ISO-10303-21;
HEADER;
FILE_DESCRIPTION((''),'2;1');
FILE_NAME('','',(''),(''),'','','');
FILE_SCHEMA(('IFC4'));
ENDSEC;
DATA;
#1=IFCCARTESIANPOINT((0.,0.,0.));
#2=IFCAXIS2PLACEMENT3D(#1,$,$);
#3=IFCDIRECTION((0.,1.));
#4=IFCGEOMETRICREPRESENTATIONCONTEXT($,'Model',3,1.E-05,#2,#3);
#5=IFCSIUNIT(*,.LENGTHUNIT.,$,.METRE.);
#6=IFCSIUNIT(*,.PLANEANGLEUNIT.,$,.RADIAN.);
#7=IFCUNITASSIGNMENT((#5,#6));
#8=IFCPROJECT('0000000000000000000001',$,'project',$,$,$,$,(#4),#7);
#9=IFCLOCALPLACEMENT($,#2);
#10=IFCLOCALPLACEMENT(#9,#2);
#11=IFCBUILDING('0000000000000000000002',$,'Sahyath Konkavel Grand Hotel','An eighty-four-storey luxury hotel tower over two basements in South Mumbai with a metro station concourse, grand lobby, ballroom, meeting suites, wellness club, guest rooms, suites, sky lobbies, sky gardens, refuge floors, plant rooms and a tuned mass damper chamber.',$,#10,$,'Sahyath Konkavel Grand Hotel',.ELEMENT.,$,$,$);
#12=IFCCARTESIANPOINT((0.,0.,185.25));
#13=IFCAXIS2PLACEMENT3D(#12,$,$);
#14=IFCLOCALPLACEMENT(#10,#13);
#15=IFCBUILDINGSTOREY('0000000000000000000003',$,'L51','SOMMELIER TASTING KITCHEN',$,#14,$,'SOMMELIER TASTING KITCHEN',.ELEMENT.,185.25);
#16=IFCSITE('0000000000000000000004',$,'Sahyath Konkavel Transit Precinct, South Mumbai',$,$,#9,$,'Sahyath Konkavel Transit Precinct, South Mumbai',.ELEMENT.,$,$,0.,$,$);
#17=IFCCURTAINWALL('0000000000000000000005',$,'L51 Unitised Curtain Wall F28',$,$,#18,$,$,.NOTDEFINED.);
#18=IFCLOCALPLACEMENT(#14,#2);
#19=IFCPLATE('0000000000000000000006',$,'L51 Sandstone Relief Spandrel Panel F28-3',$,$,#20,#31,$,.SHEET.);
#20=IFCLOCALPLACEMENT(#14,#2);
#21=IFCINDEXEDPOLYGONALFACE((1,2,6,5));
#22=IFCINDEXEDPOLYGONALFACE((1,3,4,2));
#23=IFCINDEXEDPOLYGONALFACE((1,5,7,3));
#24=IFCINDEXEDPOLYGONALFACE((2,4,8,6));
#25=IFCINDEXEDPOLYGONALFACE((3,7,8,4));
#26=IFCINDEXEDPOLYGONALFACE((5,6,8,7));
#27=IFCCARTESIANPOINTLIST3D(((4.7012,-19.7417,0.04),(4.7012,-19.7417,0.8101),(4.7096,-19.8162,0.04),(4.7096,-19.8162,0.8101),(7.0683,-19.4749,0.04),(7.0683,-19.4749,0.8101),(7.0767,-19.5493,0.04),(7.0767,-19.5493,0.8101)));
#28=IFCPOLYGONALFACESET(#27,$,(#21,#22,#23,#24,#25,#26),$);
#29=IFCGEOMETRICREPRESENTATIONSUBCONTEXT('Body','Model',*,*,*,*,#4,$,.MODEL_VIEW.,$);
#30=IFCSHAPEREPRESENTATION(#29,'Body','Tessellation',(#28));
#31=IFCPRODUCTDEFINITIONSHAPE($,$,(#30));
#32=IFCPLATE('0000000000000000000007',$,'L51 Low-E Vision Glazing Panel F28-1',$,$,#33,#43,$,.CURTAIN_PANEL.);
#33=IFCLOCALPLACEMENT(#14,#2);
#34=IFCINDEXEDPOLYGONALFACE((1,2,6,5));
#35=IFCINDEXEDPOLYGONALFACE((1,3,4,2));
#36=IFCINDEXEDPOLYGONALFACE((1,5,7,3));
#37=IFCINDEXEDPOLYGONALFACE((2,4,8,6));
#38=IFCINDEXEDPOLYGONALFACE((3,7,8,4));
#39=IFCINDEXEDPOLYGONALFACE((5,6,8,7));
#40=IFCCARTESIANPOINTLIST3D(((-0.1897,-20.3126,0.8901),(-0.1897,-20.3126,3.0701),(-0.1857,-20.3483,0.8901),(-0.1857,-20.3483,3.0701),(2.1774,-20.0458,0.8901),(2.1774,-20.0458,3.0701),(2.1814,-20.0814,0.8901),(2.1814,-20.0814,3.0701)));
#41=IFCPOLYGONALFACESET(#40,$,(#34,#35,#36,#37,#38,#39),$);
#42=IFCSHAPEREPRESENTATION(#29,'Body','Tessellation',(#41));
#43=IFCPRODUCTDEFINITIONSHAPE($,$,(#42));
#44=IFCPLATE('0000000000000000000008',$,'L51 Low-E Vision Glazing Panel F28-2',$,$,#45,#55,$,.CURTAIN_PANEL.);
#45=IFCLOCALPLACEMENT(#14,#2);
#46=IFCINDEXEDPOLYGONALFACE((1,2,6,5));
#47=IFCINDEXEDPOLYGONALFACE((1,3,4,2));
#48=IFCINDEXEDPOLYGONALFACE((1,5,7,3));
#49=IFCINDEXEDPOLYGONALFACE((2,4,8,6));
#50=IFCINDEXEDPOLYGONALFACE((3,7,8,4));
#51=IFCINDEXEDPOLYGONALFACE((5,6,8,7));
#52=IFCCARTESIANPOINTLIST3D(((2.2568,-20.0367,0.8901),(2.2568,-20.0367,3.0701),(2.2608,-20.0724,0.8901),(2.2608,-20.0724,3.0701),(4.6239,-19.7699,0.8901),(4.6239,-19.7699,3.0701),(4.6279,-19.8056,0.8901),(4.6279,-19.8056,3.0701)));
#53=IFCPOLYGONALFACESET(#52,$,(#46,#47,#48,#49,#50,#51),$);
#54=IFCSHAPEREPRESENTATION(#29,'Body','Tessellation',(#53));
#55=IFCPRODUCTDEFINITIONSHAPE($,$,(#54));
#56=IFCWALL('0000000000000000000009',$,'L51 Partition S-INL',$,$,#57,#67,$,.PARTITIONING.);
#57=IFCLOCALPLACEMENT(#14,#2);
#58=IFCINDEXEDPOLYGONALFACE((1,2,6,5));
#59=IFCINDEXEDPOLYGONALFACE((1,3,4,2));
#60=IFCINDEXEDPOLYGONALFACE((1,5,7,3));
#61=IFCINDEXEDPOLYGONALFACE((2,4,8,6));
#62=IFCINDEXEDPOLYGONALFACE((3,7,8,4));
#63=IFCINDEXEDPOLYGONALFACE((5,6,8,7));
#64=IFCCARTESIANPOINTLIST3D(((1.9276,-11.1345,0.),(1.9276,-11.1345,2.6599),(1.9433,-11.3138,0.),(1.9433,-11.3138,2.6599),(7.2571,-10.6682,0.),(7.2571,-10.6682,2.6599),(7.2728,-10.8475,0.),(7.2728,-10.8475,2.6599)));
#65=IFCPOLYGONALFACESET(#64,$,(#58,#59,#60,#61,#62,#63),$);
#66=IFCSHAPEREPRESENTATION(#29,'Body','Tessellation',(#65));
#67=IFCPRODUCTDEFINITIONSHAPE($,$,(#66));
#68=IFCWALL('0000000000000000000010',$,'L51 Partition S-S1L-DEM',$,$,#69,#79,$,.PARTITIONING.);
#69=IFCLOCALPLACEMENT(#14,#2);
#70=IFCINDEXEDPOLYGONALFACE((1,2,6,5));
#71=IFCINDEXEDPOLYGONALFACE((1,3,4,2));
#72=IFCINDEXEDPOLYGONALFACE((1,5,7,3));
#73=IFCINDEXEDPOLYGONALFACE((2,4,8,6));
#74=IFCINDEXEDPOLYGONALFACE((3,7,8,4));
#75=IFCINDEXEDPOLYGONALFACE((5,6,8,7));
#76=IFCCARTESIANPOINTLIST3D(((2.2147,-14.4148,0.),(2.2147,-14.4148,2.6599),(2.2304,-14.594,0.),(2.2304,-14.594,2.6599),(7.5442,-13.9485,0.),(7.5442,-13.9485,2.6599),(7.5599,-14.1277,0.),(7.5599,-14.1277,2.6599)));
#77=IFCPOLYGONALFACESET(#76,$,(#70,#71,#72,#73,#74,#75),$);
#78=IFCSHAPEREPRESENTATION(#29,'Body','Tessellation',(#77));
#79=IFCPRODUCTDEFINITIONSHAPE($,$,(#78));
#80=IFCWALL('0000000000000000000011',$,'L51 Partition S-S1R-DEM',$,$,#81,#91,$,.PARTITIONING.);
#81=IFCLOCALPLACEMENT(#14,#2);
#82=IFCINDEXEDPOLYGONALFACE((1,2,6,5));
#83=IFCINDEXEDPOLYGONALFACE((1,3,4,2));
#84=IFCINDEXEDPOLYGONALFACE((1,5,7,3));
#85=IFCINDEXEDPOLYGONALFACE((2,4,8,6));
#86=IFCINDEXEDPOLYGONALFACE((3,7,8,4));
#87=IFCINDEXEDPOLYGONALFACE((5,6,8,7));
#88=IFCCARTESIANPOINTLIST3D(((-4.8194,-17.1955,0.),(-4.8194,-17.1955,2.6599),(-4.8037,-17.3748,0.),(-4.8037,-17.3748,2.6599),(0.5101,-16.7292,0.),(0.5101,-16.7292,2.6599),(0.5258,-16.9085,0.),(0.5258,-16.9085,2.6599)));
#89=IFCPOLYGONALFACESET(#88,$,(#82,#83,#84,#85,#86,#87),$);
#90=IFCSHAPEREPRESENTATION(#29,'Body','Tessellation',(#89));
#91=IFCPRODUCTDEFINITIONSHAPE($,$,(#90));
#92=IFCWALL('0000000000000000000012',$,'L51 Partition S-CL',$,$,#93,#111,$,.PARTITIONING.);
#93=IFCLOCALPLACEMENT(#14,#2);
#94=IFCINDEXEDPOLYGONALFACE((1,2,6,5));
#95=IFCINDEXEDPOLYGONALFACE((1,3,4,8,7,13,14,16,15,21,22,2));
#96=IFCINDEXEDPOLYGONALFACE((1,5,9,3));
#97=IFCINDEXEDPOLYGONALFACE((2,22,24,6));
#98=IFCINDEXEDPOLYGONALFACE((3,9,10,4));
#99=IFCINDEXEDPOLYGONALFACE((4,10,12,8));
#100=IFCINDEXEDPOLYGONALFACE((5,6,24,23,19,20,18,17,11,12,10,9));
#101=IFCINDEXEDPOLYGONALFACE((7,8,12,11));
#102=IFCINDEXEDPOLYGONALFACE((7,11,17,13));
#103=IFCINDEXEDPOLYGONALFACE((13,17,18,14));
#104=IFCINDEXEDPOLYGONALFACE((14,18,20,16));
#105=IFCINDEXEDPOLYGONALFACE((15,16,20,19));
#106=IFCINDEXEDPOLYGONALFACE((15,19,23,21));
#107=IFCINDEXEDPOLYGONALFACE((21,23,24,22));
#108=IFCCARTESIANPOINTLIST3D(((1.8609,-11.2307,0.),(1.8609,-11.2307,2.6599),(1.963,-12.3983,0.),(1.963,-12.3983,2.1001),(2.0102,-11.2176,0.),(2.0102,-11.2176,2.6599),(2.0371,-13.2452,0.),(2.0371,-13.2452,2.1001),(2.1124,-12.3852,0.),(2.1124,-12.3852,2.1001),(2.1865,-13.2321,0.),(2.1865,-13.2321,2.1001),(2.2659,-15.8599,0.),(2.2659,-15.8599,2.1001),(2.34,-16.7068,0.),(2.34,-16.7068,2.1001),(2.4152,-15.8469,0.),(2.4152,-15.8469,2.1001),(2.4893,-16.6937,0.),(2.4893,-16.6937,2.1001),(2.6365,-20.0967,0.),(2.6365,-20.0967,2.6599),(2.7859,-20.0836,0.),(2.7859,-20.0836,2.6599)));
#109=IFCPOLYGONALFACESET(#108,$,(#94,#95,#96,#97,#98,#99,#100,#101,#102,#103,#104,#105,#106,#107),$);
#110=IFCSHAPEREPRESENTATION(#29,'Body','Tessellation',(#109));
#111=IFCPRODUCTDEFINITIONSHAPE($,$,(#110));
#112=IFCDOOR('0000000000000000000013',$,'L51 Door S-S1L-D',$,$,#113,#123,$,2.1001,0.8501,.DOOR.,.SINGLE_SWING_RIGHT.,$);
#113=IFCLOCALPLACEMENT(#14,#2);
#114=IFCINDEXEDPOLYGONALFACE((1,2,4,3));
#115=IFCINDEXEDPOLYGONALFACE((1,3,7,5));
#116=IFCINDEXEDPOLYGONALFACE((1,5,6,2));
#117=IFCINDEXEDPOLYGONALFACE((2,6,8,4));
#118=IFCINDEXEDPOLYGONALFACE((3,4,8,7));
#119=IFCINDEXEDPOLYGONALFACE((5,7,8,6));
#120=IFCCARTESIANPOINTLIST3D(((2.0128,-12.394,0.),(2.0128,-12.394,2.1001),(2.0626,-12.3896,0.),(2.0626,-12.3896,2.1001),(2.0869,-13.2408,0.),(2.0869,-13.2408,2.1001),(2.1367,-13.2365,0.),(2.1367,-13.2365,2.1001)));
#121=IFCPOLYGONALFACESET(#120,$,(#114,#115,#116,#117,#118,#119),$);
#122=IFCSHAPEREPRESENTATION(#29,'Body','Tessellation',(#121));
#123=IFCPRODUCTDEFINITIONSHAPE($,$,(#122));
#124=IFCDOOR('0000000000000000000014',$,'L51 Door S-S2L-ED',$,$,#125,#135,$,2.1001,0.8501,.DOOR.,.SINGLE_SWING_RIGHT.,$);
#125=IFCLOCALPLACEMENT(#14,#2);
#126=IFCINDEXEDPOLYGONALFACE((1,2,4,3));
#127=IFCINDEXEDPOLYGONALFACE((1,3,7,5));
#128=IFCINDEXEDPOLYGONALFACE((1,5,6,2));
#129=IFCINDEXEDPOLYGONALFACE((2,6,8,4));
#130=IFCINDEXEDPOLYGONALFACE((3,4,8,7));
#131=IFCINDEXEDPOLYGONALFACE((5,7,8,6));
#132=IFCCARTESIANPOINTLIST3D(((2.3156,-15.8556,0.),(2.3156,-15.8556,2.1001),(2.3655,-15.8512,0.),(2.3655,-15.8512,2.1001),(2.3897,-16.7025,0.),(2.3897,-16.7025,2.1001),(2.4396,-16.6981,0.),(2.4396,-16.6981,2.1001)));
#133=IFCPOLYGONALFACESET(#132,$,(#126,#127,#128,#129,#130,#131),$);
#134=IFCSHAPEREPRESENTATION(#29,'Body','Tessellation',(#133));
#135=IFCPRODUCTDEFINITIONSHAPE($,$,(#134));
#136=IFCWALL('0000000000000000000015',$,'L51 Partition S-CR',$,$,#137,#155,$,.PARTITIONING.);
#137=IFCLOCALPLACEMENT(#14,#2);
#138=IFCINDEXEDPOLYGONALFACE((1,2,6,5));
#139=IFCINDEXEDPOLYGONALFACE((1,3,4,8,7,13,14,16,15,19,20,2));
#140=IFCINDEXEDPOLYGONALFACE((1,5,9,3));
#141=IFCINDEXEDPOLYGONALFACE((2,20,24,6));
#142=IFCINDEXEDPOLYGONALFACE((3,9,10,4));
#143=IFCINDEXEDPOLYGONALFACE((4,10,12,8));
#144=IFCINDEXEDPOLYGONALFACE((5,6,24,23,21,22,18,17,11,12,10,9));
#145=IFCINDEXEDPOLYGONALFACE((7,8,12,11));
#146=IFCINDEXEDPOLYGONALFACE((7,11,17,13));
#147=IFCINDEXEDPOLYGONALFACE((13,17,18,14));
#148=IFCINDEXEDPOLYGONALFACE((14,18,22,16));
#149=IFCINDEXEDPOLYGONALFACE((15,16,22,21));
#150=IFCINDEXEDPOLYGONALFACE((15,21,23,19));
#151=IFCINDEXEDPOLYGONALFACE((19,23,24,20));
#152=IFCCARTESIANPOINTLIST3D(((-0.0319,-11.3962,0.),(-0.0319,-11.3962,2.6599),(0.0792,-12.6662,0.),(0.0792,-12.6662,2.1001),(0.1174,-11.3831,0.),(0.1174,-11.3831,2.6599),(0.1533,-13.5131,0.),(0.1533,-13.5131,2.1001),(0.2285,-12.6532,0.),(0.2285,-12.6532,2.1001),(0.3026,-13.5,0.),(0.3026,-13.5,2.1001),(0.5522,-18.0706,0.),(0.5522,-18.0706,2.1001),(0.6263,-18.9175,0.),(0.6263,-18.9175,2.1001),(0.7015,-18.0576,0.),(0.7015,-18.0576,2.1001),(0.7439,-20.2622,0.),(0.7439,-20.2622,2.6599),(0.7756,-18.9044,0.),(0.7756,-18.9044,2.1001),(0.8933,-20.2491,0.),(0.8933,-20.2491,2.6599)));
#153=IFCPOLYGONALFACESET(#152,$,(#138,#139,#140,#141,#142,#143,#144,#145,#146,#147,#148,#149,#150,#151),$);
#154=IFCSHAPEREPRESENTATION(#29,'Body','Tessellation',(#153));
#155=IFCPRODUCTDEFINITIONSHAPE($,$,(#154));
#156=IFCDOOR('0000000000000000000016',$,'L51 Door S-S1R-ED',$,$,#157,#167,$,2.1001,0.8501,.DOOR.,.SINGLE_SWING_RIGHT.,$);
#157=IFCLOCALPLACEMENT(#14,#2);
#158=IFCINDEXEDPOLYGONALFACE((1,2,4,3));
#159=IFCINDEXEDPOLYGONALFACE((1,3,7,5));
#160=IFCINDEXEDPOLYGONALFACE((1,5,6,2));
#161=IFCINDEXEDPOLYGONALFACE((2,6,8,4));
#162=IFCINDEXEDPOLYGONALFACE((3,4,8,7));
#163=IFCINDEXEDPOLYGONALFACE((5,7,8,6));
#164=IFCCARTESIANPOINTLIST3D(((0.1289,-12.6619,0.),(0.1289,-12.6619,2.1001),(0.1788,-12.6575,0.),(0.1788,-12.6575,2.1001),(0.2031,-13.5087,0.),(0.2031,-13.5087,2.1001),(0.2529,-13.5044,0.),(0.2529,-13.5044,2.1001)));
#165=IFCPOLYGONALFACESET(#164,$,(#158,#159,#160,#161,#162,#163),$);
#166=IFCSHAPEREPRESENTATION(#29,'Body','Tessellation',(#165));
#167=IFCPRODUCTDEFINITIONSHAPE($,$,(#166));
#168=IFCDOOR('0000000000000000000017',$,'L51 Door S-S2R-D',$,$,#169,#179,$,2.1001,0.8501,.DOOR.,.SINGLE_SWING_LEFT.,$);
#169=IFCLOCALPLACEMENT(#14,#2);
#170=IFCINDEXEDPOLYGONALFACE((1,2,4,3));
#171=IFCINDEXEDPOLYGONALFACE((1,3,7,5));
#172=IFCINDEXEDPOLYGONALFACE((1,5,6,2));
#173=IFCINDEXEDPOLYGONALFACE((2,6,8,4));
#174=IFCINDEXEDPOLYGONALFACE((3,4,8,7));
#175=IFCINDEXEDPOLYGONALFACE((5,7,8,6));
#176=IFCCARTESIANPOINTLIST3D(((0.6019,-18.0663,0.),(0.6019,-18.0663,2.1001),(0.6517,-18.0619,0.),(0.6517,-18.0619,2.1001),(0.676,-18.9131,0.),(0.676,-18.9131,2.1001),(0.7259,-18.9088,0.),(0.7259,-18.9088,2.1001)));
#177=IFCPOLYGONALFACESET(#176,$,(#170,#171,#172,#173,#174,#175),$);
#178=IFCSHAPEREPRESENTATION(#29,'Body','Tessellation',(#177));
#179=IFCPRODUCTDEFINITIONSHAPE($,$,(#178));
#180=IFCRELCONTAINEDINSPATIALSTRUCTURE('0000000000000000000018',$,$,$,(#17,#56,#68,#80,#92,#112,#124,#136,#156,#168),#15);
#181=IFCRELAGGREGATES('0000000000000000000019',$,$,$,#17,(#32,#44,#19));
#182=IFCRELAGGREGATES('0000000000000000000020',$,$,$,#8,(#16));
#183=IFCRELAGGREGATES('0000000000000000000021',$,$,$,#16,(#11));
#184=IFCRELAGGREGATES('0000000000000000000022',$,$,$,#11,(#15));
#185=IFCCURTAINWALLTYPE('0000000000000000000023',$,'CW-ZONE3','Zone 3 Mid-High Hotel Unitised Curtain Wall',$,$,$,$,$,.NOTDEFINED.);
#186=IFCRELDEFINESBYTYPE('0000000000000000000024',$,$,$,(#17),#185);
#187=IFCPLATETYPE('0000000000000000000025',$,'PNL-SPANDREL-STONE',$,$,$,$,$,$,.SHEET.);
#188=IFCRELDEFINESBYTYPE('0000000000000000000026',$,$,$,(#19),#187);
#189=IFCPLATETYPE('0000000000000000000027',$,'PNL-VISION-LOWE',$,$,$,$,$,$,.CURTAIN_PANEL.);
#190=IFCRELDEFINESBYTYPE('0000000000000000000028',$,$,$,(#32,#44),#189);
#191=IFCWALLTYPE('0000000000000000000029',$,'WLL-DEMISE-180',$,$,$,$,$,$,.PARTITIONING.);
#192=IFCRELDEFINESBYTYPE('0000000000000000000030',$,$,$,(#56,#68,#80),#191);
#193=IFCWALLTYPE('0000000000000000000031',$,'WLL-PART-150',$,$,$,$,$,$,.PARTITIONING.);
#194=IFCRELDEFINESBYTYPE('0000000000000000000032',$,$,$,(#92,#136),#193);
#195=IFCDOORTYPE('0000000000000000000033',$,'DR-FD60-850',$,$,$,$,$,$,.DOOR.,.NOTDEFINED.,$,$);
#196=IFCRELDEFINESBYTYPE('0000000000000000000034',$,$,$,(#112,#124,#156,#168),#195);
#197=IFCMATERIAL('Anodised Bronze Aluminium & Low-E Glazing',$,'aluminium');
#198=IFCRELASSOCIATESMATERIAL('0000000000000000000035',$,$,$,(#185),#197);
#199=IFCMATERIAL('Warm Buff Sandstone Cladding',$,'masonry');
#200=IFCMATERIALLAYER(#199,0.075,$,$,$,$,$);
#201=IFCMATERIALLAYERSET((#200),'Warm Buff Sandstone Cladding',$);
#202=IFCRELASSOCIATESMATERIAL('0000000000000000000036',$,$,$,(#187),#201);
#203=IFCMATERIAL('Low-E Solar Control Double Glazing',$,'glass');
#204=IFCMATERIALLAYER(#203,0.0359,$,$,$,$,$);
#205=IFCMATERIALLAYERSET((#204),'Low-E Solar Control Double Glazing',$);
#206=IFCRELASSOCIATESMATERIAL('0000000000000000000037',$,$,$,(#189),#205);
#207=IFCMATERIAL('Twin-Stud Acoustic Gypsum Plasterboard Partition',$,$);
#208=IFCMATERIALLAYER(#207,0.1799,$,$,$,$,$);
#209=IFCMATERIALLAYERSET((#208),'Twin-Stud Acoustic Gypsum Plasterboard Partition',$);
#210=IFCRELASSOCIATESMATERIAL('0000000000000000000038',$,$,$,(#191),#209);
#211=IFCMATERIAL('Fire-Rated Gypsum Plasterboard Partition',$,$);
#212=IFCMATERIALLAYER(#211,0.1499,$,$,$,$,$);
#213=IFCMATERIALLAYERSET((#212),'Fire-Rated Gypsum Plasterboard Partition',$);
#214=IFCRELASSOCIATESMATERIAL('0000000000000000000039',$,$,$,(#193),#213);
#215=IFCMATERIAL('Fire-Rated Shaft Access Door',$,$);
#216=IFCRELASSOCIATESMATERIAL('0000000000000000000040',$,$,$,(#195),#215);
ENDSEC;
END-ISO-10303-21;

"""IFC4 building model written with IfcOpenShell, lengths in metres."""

from ifc_helpers import new_model, si_unit, direction, frame, frame_2d, origin, origin_2d, place, context, subcontext, project, spatial, rectangle, extrude, source, transform, mapped, material, layer, layer_set, type_object, element, fill, aggregate, save


model = new_model("IFC4")

# Units and contexts
model_context = context("Model", 3, precision=1e-05, world=origin(), true_north=direction((0.0, 1.0)))
body_context = subcontext(model_context, "Body", "Model", "MODEL_VIEW")
ifc_project = project(units=[si_unit("LENGTHUNIT", "METRE"), si_unit("PLANEANGLEUNIT", "RADIAN")], contexts=[model_context])

# Site, building, storey
site_placement = place(None, origin())
site = spatial("IfcSite", under=ifc_project, at=site_placement, Name="Sahyath Konkavel Transit Precinct, South Mumbai", LongName="Sahyath Konkavel Transit Precinct, South Mumbai", CompositionType="ELEMENT", RefElevation=0.0)
building_placement = place(site_placement, origin())
building = spatial("IfcBuilding", under=site, at=building_placement, Name="Sahyath Konkavel Grand Hotel", Description="An eighty-four-storey luxury hotel tower over two basements in South Mumbai with a metro station concourse, grand lobby, ballroom, meeting suites, wellness club, guest rooms, suites, sky lobbies, sky gardens, refuge floors, plant rooms and a tuned mass damper chamber.", LongName="Sahyath Konkavel Grand Hotel", CompositionType="ELEMENT")
storey_placement = place(building_placement, frame((0.0, 0.0, 185.25)))
storey = spatial("IfcBuildingStorey", under=building, at=storey_placement, Name="L51", Description="SOMMELIER TASTING KITCHEN", LongName="SOMMELIER TASTING KITCHEN", CompositionType="ELEMENT", Elevation=185.25)

# Curtain wall
ifc_material_1 = material(Name="Anodised Bronze Aluminium & Low-E Glazing", Category="aluminium")
curtain_wall_type = type_object("IfcCurtainWallType", Name="CW-ZONE3", Description="Zone 3 Mid-High Hotel Unitised Curtain Wall", PredefinedType="NOTDEFINED", material=ifc_material_1)
curtain_wall_placement = place(storey_placement, origin())
curtain_wall = element("IfcCurtainWall", 1, at=curtain_wall_placement, inside=storey, type_object=curtain_wall_type, Name="L51 Unitised Curtain Wall F28", PredefinedType="NOTDEFINED")

# Plates
ifc_material_2 = material(Name="Warm Buff Sandstone Cladding", Category="masonry")
ifc_layer_1 = layer(ifc_material_2, 0.075)
ifc_layer_set_1 = layer_set([ifc_layer_1], Name="Warm Buff Sandstone Cladding")
plate_type_1 = type_object("IfcPlateType", Name="PNL-SPANDREL-STONE", PredefinedType="SHEET", material=ifc_layer_set_1)
shared_shape_1 = source(origin(), body_context, "Body", "SweptSolid", [
    extrude(rectangle(XDim=2.3821, YDim=0.075, at=origin_2d()), origin(), (0.0, 0.0, 1.0), 0.77),
])
plate_1_placement = place(storey_placement, frame((5.8889, -19.6455, 0.04), z_axis=(0.0, 0.0, 1.0), x_axis=(0.993707, 0.112007, 0.0)))
plate_1 = element("IfcPlate", 2, at=plate_1_placement, type_object=plate_type_1, Name="L51 Sandstone Relief Spandrel Panel F28-3", PredefinedType="SHEET", context=body_context, shape_type="MappedRepresentation", body=[
    mapped(shared_shape_1, transform((0.0, 0.0, 0.0), scale=1.0)),
])
ifc_material_3 = material(Name="Low-E Solar Control Double Glazing", Category="glass")
ifc_layer_2 = layer(ifc_material_3, 0.0359)
ifc_layer_set_2 = layer_set([ifc_layer_2], Name="Low-E Solar Control Double Glazing")
plate_type_2 = type_object("IfcPlateType", Name="PNL-VISION-LOWE", PredefinedType="CURTAIN_PANEL", material=ifc_layer_set_2)
shared_shape_2 = source(origin(), body_context, "Body", "SweptSolid", [
    extrude(rectangle(XDim=2.3821, YDim=0.0359, at=origin_2d()), origin(), (0.0, 0.0, 1.0), 2.1799),
])
plate_2_placement = place(storey_placement, frame((0.9958, -20.197, 0.8901), z_axis=(0.0, 0.0, 1.0), x_axis=(0.993707, 0.112007, 0.0)))
plate_2 = element("IfcPlate", 3, at=plate_2_placement, type_object=plate_type_2, Name="L51 Low-E Vision Glazing Panel F28-1", PredefinedType="CURTAIN_PANEL", context=body_context, shape_type="MappedRepresentation", body=[
    mapped(shared_shape_2, transform((0.0, 0.0, 0.0), scale=1.0)),
])
plate_3_placement = place(storey_placement, frame((3.4424, -19.9211, 0.8901), z_axis=(0.0, 0.0, 1.0), x_axis=(0.993707, 0.112007, 0.0)))
plate_3 = element("IfcPlate", 4, at=plate_3_placement, type_object=plate_type_2, Name="L51 Low-E Vision Glazing Panel F28-2", PredefinedType="CURTAIN_PANEL", context=body_context, shape_type="MappedRepresentation", body=[
    mapped(shared_shape_2, transform((0.0, 0.0, 0.0), scale=1.0)),
])
aggregate(curtain_wall, [plate_2, plate_3, plate_1])

# Walls
ifc_material_4 = material(Name="Twin-Stud Acoustic Gypsum Plasterboard Partition")
ifc_layer_3 = layer(ifc_material_4, 0.1799)
ifc_layer_set_3 = layer_set([ifc_layer_3], Name="Twin-Stud Acoustic Gypsum Plasterboard Partition")
wall_type_1 = type_object("IfcWallType", Name="WLL-DEMISE-180", PredefinedType="PARTITIONING", material=ifc_layer_set_3)
for number, where, z_axis, x_axis, name in (
    (5, (1.9355, -11.2241, 0.0), (0.0, 0.0, 1.0), (0.996194, 0.087161, 0.0), "L51 Partition S-INL"),
    (6, (2.2227, -14.5044, 0.0), (0.0, 0.0, 1.0), (0.996194, 0.087161, 0.0), "L51 Partition S-S1L-DEM"),
    (7, (0.5178, -16.8188, 0.0), (0.0, 0.0, 1.0), (-0.996194, -0.087161, 0.0), "L51 Partition S-S1R-DEM"),
):
    element("IfcWall", number, at=place(storey_placement, frame(where, z_axis=z_axis, x_axis=x_axis)), inside=storey, type_object=wall_type_1, Name=name, PredefinedType="PARTITIONING", context=body_context, shape_type="SweptSolid", body=[
        extrude(rectangle(XDim=5.3499, YDim=0.1799, at=frame_2d((2.6748, 0.0))), origin(), (0.0, 0.0, 1.0), 2.6599),
    ])

# Walls, openings, doors
ifc_material_5 = material(Name="Fire-Rated Gypsum Plasterboard Partition")
ifc_layer_4 = layer(ifc_material_5, 0.1499)
ifc_layer_set_4 = layer_set([ifc_layer_4], Name="Fire-Rated Gypsum Plasterboard Partition")
wall_type_2 = type_object("IfcWallType", Name="WLL-PART-150", PredefinedType="PARTITIONING", material=ifc_layer_set_4)
wall_1_placement = place(storey_placement, frame((1.9355, -11.2241, 0.0), z_axis=(0.0, 0.0, 1.0), x_axis=(0.087152, -0.996195, 0.0)))
wall_1 = element("IfcWall", 8, at=wall_1_placement, inside=storey, type_object=wall_type_2, Name="L51 Partition S-CL", PredefinedType="PARTITIONING", context=body_context, shape_type="SweptSolid", body=[
    extrude(rectangle(XDim=8.8999, YDim=0.1499, at=frame_2d((4.45, 0.0))), origin(), (0.0, 0.0, 1.0), 2.6599),
])
opening_1_placement = place(wall_1_placement, frame((1.1721, 0.0, 0.0)))
opening_1 = element("IfcOpeningElement", 9, at=opening_1_placement, cuts=wall_1, PredefinedType="OPENING", context=body_context, shape_type="SweptSolid", body=[
    extrude(rectangle(XDim=0.8501, YDim=2.1001, at=frame_2d((0.425, 1.05))), frame((0.0, 0.085, 0.0), z_axis=(0.0, -1.0, 0.0), x_axis=(1.0, 0.0, 0.0)), (0.0, 0.0, 1.0), 0.1699),
])
opening_2_placement = place(wall_1_placement, frame((4.647, 0.0, 0.0)))
opening_2 = element("IfcOpeningElement", 10, at=opening_2_placement, cuts=wall_1, PredefinedType="OPENING", context=body_context, shape_type="SweptSolid", body=[
    extrude(rectangle(XDim=0.8501, YDim=2.1001, at=frame_2d((0.425, 1.05))), frame((0.0, 0.085, 0.0), z_axis=(0.0, -1.0, 0.0), x_axis=(1.0, 0.0, 0.0)), (0.0, 0.0, 1.0), 0.1699),
])
ifc_material_6 = material(Name="Fire-Rated Shaft Access Door")
door_type_1 = type_object("IfcDoorType", Name="DR-FD60-850", OperationType="NOTDEFINED", PredefinedType="DOOR", material=ifc_material_6)
shared_shape_3 = source(origin(), body_context, "Body", "SweptSolid", [
    extrude(rectangle(XDim=0.8501, YDim=0.05, at=origin_2d()), origin(), (0.0, 0.0, 1.0), 2.1001),
])
door_1_placement = place(opening_1_placement, frame((0.425, 0.0, 0.0)))
door_1 = element("IfcDoor", 11, at=door_1_placement, inside=storey, type_object=door_type_1, Name="L51 Door S-S1L-D", OperationType="SINGLE_SWING_RIGHT", OverallHeight=2.1001, OverallWidth=0.8501, PredefinedType="DOOR", context=body_context, shape_type="MappedRepresentation", body=[
    mapped(shared_shape_3, transform((0.0, 0.0, 0.0), scale=1.0)),
])
fill(opening_1, door_1)
door_2_placement = place(opening_2_placement, frame((0.425, 0.0, 0.0)))
door_2 = element("IfcDoor", 12, at=door_2_placement, inside=storey, type_object=door_type_1, Name="L51 Door S-S2L-ED", OperationType="SINGLE_SWING_RIGHT", OverallHeight=2.1001, OverallWidth=0.8501, PredefinedType="DOOR", context=body_context, shape_type="MappedRepresentation", body=[
    mapped(shared_shape_3, transform((0.0, 0.0, 0.0), scale=1.0)),
])
fill(opening_2, door_2)
wall_2_placement = place(storey_placement, frame((0.0427, -11.3896, 0.0), z_axis=(0.0, 0.0, 1.0), x_axis=(0.087179, -0.996193, 0.0)))
wall_2 = element("IfcWall", 13, at=wall_2_placement, inside=storey, type_object=wall_type_2, Name="L51 Partition S-CR", PredefinedType="PARTITIONING", context=body_context, shape_type="SweptSolid", body=[
    extrude(rectangle(XDim=8.8999, YDim=0.1499, at=frame_2d((4.45, 0.0))), origin(), (0.0, 0.0, 1.0), 2.6599),
])
opening_3_placement = place(wall_2_placement, frame((1.2749, 0.0, 0.0)))
opening_3 = element("IfcOpeningElement", 14, at=opening_3_placement, cuts=wall_2, PredefinedType="OPENING", context=body_context, shape_type="SweptSolid", body=[
    extrude(rectangle(XDim=0.8501, YDim=2.1001, at=frame_2d((0.425, 1.05))), frame((0.0, 0.085, 0.0), z_axis=(0.0, -1.0, 0.0), x_axis=(1.0, 0.0, 0.0)), (0.0, 0.0, 1.0), 0.1699),
])
opening_4_placement = place(wall_2_placement, frame((6.7, 0.0, 0.0)))
opening_4 = element("IfcOpeningElement", 15, at=opening_4_placement, cuts=wall_2, PredefinedType="OPENING", context=body_context, shape_type="SweptSolid", body=[
    extrude(rectangle(XDim=0.8501, YDim=2.1001, at=frame_2d((0.425, 1.05))), frame((0.0, 0.085, 0.0), z_axis=(0.0, -1.0, 0.0), x_axis=(1.0, 0.0, 0.0)), (0.0, 0.0, 1.0), 0.1699),
])
door_3_placement = place(opening_3_placement, frame((0.425, 0.0, 0.0)))
door_3 = element("IfcDoor", 16, at=door_3_placement, inside=storey, type_object=door_type_1, Name="L51 Door S-S1R-ED", OperationType="SINGLE_SWING_RIGHT", OverallHeight=2.1001, OverallWidth=0.8501, PredefinedType="DOOR", context=body_context, shape_type="MappedRepresentation", body=[
    mapped(shared_shape_3, transform((0.0, 0.0, 0.0), scale=1.0)),
])
fill(opening_3, door_3)
door_4_placement = place(opening_4_placement, frame((0.425, 0.0, 0.0)))
door_4 = element("IfcDoor", 17, at=door_4_placement, inside=storey, type_object=door_type_1, Name="L51 Door S-S2R-D", OperationType="SINGLE_SWING_LEFT", OverallHeight=2.1001, OverallWidth=0.8501, PredefinedType="DOOR", context=body_context, shape_type="MappedRepresentation", body=[
    mapped(shared_shape_3, transform((0.0, 0.0, 0.0), scale=1.0)),
])
fill(opening_4, door_4)

save(model, "model.ifc")
